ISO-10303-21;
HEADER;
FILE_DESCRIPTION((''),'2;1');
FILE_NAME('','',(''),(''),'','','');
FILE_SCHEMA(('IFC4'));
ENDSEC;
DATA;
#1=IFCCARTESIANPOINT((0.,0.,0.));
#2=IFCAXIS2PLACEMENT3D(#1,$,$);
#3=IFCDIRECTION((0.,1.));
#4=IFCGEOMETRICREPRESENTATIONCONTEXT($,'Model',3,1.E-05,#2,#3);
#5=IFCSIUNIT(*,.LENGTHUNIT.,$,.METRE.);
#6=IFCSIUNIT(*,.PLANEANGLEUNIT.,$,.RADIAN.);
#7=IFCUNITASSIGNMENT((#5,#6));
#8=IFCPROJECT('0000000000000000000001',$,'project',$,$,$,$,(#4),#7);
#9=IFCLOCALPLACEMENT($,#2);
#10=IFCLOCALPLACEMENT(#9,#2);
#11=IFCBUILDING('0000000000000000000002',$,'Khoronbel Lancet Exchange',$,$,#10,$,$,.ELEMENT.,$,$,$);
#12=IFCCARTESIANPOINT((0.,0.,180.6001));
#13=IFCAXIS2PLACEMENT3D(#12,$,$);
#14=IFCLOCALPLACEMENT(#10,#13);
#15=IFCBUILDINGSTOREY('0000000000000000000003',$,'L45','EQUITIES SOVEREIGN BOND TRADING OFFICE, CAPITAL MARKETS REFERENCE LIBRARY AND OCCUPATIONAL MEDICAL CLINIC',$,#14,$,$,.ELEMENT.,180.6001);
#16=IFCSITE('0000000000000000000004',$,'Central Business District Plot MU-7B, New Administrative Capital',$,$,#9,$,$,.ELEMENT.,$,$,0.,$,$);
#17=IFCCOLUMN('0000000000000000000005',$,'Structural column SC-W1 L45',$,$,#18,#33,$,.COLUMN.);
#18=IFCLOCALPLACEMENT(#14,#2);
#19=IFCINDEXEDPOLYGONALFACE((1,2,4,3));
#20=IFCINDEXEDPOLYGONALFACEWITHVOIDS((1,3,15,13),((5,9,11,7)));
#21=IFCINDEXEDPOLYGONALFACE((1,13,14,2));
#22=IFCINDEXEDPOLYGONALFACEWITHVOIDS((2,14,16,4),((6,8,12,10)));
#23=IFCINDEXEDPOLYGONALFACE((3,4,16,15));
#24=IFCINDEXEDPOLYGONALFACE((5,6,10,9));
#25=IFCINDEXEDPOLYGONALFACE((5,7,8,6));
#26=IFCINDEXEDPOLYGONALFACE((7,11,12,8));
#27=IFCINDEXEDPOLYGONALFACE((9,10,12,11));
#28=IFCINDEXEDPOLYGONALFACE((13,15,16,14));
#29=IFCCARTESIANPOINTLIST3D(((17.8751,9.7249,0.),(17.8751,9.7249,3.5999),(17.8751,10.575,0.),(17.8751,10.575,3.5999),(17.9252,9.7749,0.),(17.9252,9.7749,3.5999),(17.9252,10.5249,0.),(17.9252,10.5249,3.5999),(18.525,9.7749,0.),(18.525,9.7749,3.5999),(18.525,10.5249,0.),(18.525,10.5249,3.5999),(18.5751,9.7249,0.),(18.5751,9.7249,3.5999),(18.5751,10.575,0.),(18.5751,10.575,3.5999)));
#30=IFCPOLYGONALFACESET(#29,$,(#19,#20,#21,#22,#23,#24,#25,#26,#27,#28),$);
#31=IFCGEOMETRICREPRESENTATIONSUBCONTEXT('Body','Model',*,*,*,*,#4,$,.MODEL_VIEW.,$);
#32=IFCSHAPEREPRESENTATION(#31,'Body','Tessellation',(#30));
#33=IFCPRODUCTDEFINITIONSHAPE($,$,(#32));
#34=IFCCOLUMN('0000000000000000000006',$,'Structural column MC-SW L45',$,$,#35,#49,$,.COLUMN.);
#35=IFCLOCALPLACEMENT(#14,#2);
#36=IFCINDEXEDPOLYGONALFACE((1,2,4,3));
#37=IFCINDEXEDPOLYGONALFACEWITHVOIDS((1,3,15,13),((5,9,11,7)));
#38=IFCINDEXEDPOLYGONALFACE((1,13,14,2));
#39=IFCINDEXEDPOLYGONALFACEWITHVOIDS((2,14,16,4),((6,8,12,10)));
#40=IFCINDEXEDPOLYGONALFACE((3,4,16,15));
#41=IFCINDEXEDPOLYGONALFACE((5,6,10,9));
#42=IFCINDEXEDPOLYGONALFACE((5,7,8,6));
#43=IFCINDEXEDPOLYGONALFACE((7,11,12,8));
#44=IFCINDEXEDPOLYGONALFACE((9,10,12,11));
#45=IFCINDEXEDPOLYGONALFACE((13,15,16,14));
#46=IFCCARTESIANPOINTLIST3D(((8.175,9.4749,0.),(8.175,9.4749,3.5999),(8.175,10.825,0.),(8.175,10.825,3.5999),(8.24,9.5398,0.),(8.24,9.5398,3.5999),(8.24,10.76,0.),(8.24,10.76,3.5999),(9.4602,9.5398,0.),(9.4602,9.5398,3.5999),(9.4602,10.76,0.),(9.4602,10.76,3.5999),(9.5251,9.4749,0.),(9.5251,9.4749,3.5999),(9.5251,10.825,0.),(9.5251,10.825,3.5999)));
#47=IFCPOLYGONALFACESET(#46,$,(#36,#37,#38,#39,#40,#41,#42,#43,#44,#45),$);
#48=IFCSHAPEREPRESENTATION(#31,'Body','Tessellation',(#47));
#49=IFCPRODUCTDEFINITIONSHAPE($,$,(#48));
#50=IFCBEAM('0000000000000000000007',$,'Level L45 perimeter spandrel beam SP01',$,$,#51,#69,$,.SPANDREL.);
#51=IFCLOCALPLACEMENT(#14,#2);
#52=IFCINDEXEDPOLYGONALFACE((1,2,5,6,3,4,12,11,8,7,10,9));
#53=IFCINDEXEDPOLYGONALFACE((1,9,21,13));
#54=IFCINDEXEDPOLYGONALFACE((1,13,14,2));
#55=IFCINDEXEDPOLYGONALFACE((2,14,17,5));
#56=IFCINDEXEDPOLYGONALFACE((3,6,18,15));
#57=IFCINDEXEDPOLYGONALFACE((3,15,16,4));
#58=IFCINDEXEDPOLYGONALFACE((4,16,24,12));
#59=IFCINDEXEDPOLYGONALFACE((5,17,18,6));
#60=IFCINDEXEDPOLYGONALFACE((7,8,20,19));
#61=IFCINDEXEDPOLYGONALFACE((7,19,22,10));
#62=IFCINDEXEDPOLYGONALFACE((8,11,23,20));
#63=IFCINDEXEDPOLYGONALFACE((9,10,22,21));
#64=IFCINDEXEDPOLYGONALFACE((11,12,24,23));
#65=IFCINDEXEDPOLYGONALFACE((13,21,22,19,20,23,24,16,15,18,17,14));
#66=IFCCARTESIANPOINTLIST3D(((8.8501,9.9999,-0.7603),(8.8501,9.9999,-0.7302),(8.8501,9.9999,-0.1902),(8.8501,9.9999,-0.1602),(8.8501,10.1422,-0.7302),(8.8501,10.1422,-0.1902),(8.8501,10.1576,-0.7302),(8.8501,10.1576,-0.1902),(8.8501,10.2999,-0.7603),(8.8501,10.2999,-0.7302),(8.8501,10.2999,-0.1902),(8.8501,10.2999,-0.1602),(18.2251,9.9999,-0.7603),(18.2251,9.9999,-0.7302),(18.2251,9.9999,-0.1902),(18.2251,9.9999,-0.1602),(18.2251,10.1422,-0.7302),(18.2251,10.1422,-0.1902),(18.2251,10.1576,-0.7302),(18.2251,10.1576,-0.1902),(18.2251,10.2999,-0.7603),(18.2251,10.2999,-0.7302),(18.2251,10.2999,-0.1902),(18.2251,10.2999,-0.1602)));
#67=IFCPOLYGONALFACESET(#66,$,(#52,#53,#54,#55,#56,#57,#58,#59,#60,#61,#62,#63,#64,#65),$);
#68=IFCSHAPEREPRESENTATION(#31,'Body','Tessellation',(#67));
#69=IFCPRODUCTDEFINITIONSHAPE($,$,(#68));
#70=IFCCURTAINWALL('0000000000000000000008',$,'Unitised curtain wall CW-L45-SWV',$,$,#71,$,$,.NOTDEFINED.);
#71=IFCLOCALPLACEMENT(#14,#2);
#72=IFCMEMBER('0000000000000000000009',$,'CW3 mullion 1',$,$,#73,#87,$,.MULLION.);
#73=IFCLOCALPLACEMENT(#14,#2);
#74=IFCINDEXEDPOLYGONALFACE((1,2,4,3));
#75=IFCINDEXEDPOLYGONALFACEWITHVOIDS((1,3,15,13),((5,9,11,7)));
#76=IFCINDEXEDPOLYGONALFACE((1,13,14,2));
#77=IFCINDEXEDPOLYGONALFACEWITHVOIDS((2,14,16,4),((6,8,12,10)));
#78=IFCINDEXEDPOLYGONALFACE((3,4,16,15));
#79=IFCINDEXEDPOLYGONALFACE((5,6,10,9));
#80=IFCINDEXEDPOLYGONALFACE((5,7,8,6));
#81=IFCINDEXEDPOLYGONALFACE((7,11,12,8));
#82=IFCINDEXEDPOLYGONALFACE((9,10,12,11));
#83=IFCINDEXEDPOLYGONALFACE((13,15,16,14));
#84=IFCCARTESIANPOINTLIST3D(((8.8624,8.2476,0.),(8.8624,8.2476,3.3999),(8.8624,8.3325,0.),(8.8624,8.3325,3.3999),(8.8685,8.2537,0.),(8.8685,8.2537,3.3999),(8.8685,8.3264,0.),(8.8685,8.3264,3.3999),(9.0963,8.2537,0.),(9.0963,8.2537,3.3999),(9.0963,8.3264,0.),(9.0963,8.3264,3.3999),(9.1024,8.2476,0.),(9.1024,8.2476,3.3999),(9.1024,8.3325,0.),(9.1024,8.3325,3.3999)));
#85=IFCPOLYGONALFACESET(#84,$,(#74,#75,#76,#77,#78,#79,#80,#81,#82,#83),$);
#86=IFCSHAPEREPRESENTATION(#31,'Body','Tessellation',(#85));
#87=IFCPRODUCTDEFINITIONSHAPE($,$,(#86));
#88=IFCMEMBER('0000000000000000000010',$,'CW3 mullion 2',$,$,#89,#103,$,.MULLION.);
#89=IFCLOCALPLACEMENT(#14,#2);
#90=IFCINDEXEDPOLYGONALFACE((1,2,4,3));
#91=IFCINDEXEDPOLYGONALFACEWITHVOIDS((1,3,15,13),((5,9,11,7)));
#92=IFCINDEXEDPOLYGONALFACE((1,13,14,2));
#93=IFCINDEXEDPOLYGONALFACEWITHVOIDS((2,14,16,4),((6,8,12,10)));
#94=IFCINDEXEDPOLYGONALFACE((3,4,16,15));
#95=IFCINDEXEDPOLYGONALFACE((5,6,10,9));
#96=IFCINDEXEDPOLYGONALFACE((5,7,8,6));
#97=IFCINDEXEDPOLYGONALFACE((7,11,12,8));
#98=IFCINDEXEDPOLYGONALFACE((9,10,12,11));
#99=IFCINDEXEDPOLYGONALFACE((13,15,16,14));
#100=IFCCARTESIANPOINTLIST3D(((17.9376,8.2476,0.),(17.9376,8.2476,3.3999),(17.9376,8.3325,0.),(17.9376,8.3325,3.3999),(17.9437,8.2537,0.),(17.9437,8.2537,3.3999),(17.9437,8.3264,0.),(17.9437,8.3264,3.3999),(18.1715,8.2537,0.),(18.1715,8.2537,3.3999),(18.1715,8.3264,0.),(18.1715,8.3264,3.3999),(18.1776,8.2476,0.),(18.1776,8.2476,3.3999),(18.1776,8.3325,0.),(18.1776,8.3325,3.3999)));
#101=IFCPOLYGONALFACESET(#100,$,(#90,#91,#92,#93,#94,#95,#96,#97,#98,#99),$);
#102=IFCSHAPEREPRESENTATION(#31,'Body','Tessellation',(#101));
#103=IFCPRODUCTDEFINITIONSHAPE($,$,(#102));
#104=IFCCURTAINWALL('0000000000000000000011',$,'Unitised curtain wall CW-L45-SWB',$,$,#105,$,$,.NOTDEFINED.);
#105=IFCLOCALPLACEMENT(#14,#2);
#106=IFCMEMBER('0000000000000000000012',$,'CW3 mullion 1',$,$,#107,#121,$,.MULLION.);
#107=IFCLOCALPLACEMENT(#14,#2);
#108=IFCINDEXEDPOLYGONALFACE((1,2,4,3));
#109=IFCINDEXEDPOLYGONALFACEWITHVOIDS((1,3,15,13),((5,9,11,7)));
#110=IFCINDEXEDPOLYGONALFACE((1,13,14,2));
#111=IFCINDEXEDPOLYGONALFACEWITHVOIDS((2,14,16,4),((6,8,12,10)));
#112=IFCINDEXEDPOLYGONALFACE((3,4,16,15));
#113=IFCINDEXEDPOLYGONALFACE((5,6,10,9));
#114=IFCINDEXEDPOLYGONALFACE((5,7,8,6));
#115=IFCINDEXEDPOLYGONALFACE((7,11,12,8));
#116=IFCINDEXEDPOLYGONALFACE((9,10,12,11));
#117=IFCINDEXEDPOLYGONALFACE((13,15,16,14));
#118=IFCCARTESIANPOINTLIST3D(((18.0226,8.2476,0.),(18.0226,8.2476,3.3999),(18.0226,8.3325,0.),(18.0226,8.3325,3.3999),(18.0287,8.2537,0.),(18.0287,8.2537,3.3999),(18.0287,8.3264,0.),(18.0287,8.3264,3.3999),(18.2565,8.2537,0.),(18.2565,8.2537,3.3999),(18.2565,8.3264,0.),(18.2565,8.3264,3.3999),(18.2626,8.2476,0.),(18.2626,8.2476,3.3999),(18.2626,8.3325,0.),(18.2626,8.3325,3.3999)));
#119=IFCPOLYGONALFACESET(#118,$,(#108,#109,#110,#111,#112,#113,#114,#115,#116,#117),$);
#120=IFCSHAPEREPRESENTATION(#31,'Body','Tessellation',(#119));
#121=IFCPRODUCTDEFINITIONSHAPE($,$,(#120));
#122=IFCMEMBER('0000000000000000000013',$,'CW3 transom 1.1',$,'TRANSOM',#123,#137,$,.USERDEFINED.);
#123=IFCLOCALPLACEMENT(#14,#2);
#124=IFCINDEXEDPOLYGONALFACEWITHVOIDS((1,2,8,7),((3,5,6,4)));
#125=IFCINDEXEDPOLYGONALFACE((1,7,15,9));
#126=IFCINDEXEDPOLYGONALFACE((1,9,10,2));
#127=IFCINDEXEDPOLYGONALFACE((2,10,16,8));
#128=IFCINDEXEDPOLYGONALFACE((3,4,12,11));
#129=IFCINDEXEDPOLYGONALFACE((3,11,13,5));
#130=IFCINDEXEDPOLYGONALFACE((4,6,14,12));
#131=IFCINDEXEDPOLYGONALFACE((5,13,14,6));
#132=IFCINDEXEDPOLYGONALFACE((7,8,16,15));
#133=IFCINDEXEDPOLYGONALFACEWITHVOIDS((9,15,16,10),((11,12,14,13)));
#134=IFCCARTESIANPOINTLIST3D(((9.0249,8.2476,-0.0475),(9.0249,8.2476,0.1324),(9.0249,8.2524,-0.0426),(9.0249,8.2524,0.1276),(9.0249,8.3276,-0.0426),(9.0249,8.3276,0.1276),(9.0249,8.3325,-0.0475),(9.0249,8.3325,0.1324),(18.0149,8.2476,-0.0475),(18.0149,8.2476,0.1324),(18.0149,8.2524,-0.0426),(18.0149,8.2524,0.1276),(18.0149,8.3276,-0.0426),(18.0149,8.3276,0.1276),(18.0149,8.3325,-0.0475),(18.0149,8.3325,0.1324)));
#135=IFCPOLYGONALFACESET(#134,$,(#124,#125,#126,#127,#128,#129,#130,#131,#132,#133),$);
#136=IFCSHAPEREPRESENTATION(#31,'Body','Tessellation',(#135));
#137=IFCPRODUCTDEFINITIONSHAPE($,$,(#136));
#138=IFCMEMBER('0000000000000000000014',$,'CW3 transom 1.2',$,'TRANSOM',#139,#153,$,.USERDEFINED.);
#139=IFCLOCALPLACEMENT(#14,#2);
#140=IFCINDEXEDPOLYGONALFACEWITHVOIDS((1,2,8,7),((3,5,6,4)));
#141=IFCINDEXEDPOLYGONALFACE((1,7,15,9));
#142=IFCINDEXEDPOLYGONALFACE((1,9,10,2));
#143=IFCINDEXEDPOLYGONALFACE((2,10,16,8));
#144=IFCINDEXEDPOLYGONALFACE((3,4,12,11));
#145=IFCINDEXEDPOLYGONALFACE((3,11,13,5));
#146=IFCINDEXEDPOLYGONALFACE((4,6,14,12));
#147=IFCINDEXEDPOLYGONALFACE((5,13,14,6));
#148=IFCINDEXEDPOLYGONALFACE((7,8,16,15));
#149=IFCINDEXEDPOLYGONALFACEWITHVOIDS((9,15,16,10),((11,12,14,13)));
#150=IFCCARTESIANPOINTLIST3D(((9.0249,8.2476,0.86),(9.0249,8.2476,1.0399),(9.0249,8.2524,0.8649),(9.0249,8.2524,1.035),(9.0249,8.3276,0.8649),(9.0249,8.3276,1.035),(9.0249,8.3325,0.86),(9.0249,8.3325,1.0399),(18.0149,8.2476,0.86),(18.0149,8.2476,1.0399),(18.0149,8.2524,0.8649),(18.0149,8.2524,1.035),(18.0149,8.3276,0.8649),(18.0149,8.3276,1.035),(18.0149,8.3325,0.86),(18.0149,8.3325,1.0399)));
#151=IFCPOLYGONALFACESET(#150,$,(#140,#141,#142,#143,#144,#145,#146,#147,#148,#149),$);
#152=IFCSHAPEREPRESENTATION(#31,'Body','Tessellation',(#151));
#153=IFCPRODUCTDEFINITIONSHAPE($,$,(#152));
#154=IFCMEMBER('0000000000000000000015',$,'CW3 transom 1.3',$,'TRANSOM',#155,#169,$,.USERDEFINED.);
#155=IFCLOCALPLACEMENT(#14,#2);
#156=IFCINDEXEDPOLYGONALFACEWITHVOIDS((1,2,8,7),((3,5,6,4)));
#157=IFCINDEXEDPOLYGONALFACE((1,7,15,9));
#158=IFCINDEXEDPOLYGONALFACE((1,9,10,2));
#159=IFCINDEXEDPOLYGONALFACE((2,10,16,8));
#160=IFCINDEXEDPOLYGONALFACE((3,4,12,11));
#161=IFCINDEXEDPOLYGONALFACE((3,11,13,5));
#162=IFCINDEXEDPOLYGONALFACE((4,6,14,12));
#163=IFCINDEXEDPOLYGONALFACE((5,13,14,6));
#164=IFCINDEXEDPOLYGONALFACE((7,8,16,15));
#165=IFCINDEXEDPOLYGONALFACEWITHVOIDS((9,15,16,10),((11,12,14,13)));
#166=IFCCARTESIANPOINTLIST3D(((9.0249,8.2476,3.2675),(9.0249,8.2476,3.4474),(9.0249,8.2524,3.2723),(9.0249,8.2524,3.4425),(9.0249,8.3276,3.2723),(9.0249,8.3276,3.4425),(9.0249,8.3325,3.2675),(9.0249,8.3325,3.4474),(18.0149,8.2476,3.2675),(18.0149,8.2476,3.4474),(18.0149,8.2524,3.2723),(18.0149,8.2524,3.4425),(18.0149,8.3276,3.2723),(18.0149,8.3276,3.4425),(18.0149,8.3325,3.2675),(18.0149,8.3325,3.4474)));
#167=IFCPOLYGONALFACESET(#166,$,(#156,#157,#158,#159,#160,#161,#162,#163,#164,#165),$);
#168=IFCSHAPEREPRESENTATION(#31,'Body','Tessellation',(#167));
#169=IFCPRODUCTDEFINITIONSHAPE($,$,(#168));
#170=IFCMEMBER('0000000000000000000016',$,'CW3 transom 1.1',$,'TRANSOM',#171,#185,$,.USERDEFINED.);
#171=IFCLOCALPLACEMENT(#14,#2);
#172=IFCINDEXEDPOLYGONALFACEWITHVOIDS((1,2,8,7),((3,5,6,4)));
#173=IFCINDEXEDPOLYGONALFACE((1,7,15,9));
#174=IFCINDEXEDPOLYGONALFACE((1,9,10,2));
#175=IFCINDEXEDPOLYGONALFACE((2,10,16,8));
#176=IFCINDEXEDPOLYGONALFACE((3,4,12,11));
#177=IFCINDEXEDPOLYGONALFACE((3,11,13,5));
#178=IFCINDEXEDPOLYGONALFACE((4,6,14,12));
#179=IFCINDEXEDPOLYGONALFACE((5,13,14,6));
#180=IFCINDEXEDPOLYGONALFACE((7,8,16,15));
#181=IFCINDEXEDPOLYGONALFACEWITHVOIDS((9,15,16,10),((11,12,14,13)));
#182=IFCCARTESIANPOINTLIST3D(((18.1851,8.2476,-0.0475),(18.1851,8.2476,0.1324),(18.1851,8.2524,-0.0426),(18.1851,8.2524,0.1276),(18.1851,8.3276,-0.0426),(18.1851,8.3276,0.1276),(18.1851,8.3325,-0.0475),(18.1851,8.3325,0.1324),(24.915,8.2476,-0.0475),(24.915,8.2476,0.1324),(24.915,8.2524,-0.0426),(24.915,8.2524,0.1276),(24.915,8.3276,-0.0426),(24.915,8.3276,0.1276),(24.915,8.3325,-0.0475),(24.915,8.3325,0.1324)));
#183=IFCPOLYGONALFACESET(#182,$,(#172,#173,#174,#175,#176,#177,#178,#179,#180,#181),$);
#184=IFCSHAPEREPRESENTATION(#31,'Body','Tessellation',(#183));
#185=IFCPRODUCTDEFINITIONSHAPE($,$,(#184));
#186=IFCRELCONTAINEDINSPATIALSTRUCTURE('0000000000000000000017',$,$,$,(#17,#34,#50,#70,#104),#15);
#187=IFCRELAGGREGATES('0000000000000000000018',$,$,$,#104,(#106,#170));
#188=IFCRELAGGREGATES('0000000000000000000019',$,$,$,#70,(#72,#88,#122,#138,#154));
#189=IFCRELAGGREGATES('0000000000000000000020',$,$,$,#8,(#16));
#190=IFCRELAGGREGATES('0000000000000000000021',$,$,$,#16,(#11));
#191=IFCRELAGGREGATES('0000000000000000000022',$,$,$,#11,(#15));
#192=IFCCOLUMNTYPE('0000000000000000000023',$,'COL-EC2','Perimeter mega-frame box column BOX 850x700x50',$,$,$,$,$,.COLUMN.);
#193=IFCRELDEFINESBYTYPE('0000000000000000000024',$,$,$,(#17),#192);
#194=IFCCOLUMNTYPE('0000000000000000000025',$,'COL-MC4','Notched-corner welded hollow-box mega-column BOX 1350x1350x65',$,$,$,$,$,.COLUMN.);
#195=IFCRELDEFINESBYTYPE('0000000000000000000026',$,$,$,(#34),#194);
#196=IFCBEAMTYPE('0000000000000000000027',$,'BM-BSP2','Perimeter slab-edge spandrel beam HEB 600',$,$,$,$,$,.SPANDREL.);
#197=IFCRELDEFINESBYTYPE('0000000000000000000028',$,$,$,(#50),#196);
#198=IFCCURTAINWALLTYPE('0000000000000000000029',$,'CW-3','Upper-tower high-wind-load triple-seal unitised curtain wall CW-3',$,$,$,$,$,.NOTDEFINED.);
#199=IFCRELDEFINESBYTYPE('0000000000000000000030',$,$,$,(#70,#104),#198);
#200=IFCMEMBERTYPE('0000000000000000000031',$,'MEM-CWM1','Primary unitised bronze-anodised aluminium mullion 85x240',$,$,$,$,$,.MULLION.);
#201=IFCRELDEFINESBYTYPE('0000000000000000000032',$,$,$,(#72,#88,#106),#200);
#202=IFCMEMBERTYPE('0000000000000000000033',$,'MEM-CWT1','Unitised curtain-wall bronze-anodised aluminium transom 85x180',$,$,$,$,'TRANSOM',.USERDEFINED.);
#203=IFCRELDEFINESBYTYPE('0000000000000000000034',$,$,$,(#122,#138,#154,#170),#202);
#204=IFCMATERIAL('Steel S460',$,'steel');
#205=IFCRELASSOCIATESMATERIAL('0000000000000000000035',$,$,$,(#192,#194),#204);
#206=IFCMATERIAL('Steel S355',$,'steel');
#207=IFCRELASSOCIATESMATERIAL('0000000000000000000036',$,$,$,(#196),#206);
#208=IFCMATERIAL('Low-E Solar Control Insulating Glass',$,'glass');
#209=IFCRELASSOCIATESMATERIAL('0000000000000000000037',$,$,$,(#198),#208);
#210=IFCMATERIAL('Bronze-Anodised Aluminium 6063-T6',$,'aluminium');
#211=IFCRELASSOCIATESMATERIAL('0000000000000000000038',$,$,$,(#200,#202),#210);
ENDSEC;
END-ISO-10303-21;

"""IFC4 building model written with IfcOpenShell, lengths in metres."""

from ifc_helpers import new_model, si_unit, direction, frame, origin, origin_2d, place, context, subcontext, project, spatial, hollow_rectangle, i_section, extrude, material, material_profile, profile_set, type_object, element, aggregate, save


model = new_model("IFC4")

# Units and contexts
model_context = context("Model", 3, precision=1e-05, world=origin(), true_north=direction((0.0, 1.0)))
body_context = subcontext(model_context, "Body", "Model", "MODEL_VIEW")
ifc_project = project(units=[si_unit("LENGTHUNIT", "METRE"), si_unit("PLANEANGLEUNIT", "RADIAN")], contexts=[model_context])

# Site, building, storey
site_placement = place(None, origin())
site = spatial("IfcSite", under=ifc_project, at=site_placement, Name="Central Business District Plot MU-7B, New Administrative Capital", CompositionType="ELEMENT", RefElevation=0.0)
building_placement = place(site_placement, origin())
building = spatial("IfcBuilding", under=site, at=building_placement, Name="Khoronbel Lancet Exchange", CompositionType="ELEMENT")
storey_placement = place(building_placement, frame((0.0, 0.0, 180.6001)))
storey = spatial("IfcBuildingStorey", under=building, at=storey_placement, Name="L45", Description="EQUITIES SOVEREIGN BOND TRADING OFFICE, CAPITAL MARKETS REFERENCE LIBRARY AND OCCUPATIONAL MEDICAL CLINIC", CompositionType="ELEMENT", Elevation=180.6001)

# Columns
ifc_material_1 = material(Name="Steel S460", Category="steel")
ifc_material_profile_1 = material_profile(ifc_material_1, hollow_rectangle(XDim=0.7, YDim=0.8501, WallThickness=0.05, at=origin_2d()), Name="BOX 850x700x50")
ifc_profile_set_1 = profile_set([ifc_material_profile_1], Name="Steel S460")
column_type_1 = type_object("IfcColumnType", Name="COL-EC2", Description="Perimeter mega-frame box column BOX 850x700x50", PredefinedType="COLUMN", material=ifc_profile_set_1)
column_1_placement = place(storey_placement, frame((18.2251, 10.1499, 0.0), z_axis=(0.0, 0.0, 1.0), x_axis=(1.0, 0.0, 0.0)))
element("IfcColumn", 1, at=column_1_placement, inside=storey, type_object=column_type_1, Name="Structural column SC-W1 L45", PredefinedType="COLUMN", context=body_context, shape_type="SweptSolid", body=[
    extrude(hollow_rectangle(XDim=0.7, YDim=0.8501, WallThickness=0.05, at=origin_2d()), origin(), (0.0, 0.0, 1.0), 3.5999),
])
ifc_material_profile_2 = material_profile(ifc_material_1, hollow_rectangle(XDim=1.3501, YDim=1.3501, WallThickness=0.0649, at=origin_2d()), Name="BOX 1350x1350x65")
ifc_profile_set_2 = profile_set([ifc_material_profile_2], Name="Steel S460")
column_type_2 = type_object("IfcColumnType", Name="COL-MC4", Description="Notched-corner welded hollow-box mega-column BOX 1350x1350x65", PredefinedType="COLUMN", material=ifc_profile_set_2)
column_2_placement = place(storey_placement, frame((8.8501, 10.1499, 0.0), z_axis=(0.0, 0.0, 1.0), x_axis=(1.0, 0.0, 0.0)))
element("IfcColumn", 2, at=column_2_placement, inside=storey, type_object=column_type_2, Name="Structural column MC-SW L45", PredefinedType="COLUMN", context=body_context, shape_type="SweptSolid", body=[
    extrude(hollow_rectangle(XDim=1.3501, YDim=1.3501, WallThickness=0.0649, at=origin_2d()), origin(), (0.0, 0.0, 1.0), 3.5999),
])

# Beam
ifc_material_2 = material(Name="Steel S355", Category="steel")
ifc_material_profile_3 = material_profile(ifc_material_2, i_section(OverallWidth=0.3, OverallDepth=0.6001, WebThickness=0.0154, FlangeThickness=0.03, at=origin_2d()), Name="HEB 600")
ifc_profile_set_3 = profile_set([ifc_material_profile_3], Name="Steel S355")
beam_type = type_object("IfcBeamType", Name="BM-BSP2", Description="Perimeter slab-edge spandrel beam HEB 600", PredefinedType="SPANDREL", material=ifc_profile_set_3)
beam_placement = place(storey_placement, frame((8.8501, 10.1499, -0.4602), z_axis=(1.0, 0.0, 0.0), x_axis=(0.0, 1.0, 0.0)))
element("IfcBeam", 3, at=beam_placement, inside=storey, type_object=beam_type, Name="Level L45 perimeter spandrel beam SP01", PredefinedType="SPANDREL", context=body_context, shape_type="SweptSolid", body=[
    extrude(i_section(OverallWidth=0.3, OverallDepth=0.6001, WebThickness=0.0154, FlangeThickness=0.03, at=origin_2d()), origin(), (0.0, 0.0, 1.0), 9.375),
])

# Curtain wall, members
ifc_material_3 = material(Name="Low-E Solar Control Insulating Glass", Category="glass")
curtain_wall_type = type_object("IfcCurtainWallType", Name="CW-3", Description="Upper-tower high-wind-load triple-seal unitised curtain wall CW-3", PredefinedType="NOTDEFINED", material=ifc_material_3)
curtain_wall_1_placement = place(storey_placement, origin())
curtain_wall_1 = element("IfcCurtainWall", 4, at=curtain_wall_1_placement, inside=storey, type_object=curtain_wall_type, Name="Unitised curtain wall CW-L45-SWV", PredefinedType="NOTDEFINED")
ifc_material_4 = material(Name="Bronze-Anodised Aluminium 6063-T6", Category="aluminium")
ifc_material_profile_4 = material_profile(ifc_material_4, hollow_rectangle(XDim=0.085, YDim=0.24, WallThickness=0.0061, at=origin_2d()), Name="ALU MULLION 85x240")
ifc_profile_set_4 = profile_set([ifc_material_profile_4], Name="Bronze-Anodised Aluminium 6063-T6")
member_type_1 = type_object("IfcMemberType", Name="MEM-CWM1", Description="Primary unitised bronze-anodised aluminium mullion 85x240", PredefinedType="MULLION", material=ifc_profile_set_4)
member_1_placement = place(storey_placement, frame((8.9824, 8.29, 0.0), z_axis=(0.0, 0.0, 1.0), x_axis=(0.0, 1.0, 0.0)))
member_1 = element("IfcMember", 5, at=member_1_placement, type_object=member_type_1, Name="CW3 mullion 1", PredefinedType="MULLION", context=body_context, shape_type="SweptSolid", body=[
    extrude(hollow_rectangle(XDim=0.085, YDim=0.24, WallThickness=0.0061, at=origin_2d()), origin(), (0.0, 0.0, 1.0), 3.3999),
])
member_2_placement = place(storey_placement, frame((18.0576, 8.29, 0.0), z_axis=(0.0, 0.0, 1.0), x_axis=(0.0, 1.0, 0.0)))
member_2 = element("IfcMember", 6, at=member_2_placement, type_object=member_type_1, Name="CW3 mullion 2", PredefinedType="MULLION", context=body_context, shape_type="SweptSolid", body=[
    extrude(hollow_rectangle(XDim=0.085, YDim=0.24, WallThickness=0.0061, at=origin_2d()), origin(), (0.0, 0.0, 1.0), 3.3999),
])

# Curtain wall, member
curtain_wall_2_placement = place(storey_placement, origin())
curtain_wall_2 = element("IfcCurtainWall", 7, at=curtain_wall_2_placement, inside=storey, type_object=curtain_wall_type, Name="Unitised curtain wall CW-L45-SWB", PredefinedType="NOTDEFINED")
member_3_placement = place(storey_placement, frame((18.1426, 8.29, 0.0), z_axis=(0.0, 0.0, 1.0), x_axis=(0.0, 1.0, 0.0)))
member_3 = element("IfcMember", 8, at=member_3_placement, type_object=member_type_1, Name="CW3 mullion 1", PredefinedType="MULLION", context=body_context, shape_type="SweptSolid", body=[
    extrude(hollow_rectangle(XDim=0.085, YDim=0.24, WallThickness=0.0061, at=origin_2d()), origin(), (0.0, 0.0, 1.0), 3.3999),
])

# Members
ifc_material_profile_5 = material_profile(ifc_material_4, hollow_rectangle(XDim=0.085, YDim=0.1799, WallThickness=0.0049, at=origin_2d()), Name="ALU TRANSOM 85x180")
ifc_profile_set_5 = profile_set([ifc_material_profile_5], Name="Bronze-Anodised Aluminium 6063-T6")
member_type_2 = type_object("IfcMemberType", Name="MEM-CWT1", Description="Unitised curtain-wall bronze-anodised aluminium transom 85x180", ElementType="TRANSOM", PredefinedType="USERDEFINED", material=ifc_profile_set_5)
member_4_placement = place(storey_placement, frame((9.0249, 8.29, 0.0425), z_axis=(1.0, 0.0, 0.0), x_axis=(0.0, 1.0, 0.0)))
member_4 = element("IfcMember", 9, at=member_4_placement, type_object=member_type_2, Name="CW3 transom 1.1", ObjectType="TRANSOM", PredefinedType="USERDEFINED", context=body_context, shape_type="SweptSolid", body=[
    extrude(hollow_rectangle(XDim=0.085, YDim=0.1799, WallThickness=0.0049, at=origin_2d()), origin(), (0.0, 0.0, 1.0), 8.99),
])
member_5_placement = place(storey_placement, frame((9.0249, 8.29, 0.95), z_axis=(1.0, 0.0, 0.0), x_axis=(0.0, 1.0, 0.0)))
member_5 = element("IfcMember", 10, at=member_5_placement, type_object=member_type_2, Name="CW3 transom 1.2", ObjectType="TRANSOM", PredefinedType="USERDEFINED", context=body_context, shape_type="SweptSolid", body=[
    extrude(hollow_rectangle(XDim=0.085, YDim=0.1799, WallThickness=0.0049, at=origin_2d()), origin(), (0.0, 0.0, 1.0), 8.99),
])
member_6_placement = place(storey_placement, frame((9.0249, 8.29, 3.3574), z_axis=(1.0, 0.0, 0.0), x_axis=(0.0, 1.0, 0.0)))
member_6 = element("IfcMember", 11, at=member_6_placement, type_object=member_type_2, Name="CW3 transom 1.3", ObjectType="TRANSOM", PredefinedType="USERDEFINED", context=body_context, shape_type="SweptSolid", body=[
    extrude(hollow_rectangle(XDim=0.085, YDim=0.1799, WallThickness=0.0049, at=origin_2d()), origin(), (0.0, 0.0, 1.0), 8.99),
])
member_7_placement = place(storey_placement, frame((18.1851, 8.29, 0.0425), z_axis=(1.0, 0.0, 0.0), x_axis=(0.0, 1.0, 0.0)))
member_7 = element("IfcMember", 12, at=member_7_placement, type_object=member_type_2, Name="CW3 transom 1.1", ObjectType="TRANSOM", PredefinedType="USERDEFINED", context=body_context, shape_type="SweptSolid", body=[
    extrude(hollow_rectangle(XDim=0.085, YDim=0.1799, WallThickness=0.0049, at=origin_2d()), origin(), (0.0, 0.0, 1.0), 6.73),
])
aggregate(curtain_wall_2, [member_3, member_7])

aggregate(curtain_wall_1, [member_1, member_2, member_4, member_5, member_6])

save(model, "model.ifc")
